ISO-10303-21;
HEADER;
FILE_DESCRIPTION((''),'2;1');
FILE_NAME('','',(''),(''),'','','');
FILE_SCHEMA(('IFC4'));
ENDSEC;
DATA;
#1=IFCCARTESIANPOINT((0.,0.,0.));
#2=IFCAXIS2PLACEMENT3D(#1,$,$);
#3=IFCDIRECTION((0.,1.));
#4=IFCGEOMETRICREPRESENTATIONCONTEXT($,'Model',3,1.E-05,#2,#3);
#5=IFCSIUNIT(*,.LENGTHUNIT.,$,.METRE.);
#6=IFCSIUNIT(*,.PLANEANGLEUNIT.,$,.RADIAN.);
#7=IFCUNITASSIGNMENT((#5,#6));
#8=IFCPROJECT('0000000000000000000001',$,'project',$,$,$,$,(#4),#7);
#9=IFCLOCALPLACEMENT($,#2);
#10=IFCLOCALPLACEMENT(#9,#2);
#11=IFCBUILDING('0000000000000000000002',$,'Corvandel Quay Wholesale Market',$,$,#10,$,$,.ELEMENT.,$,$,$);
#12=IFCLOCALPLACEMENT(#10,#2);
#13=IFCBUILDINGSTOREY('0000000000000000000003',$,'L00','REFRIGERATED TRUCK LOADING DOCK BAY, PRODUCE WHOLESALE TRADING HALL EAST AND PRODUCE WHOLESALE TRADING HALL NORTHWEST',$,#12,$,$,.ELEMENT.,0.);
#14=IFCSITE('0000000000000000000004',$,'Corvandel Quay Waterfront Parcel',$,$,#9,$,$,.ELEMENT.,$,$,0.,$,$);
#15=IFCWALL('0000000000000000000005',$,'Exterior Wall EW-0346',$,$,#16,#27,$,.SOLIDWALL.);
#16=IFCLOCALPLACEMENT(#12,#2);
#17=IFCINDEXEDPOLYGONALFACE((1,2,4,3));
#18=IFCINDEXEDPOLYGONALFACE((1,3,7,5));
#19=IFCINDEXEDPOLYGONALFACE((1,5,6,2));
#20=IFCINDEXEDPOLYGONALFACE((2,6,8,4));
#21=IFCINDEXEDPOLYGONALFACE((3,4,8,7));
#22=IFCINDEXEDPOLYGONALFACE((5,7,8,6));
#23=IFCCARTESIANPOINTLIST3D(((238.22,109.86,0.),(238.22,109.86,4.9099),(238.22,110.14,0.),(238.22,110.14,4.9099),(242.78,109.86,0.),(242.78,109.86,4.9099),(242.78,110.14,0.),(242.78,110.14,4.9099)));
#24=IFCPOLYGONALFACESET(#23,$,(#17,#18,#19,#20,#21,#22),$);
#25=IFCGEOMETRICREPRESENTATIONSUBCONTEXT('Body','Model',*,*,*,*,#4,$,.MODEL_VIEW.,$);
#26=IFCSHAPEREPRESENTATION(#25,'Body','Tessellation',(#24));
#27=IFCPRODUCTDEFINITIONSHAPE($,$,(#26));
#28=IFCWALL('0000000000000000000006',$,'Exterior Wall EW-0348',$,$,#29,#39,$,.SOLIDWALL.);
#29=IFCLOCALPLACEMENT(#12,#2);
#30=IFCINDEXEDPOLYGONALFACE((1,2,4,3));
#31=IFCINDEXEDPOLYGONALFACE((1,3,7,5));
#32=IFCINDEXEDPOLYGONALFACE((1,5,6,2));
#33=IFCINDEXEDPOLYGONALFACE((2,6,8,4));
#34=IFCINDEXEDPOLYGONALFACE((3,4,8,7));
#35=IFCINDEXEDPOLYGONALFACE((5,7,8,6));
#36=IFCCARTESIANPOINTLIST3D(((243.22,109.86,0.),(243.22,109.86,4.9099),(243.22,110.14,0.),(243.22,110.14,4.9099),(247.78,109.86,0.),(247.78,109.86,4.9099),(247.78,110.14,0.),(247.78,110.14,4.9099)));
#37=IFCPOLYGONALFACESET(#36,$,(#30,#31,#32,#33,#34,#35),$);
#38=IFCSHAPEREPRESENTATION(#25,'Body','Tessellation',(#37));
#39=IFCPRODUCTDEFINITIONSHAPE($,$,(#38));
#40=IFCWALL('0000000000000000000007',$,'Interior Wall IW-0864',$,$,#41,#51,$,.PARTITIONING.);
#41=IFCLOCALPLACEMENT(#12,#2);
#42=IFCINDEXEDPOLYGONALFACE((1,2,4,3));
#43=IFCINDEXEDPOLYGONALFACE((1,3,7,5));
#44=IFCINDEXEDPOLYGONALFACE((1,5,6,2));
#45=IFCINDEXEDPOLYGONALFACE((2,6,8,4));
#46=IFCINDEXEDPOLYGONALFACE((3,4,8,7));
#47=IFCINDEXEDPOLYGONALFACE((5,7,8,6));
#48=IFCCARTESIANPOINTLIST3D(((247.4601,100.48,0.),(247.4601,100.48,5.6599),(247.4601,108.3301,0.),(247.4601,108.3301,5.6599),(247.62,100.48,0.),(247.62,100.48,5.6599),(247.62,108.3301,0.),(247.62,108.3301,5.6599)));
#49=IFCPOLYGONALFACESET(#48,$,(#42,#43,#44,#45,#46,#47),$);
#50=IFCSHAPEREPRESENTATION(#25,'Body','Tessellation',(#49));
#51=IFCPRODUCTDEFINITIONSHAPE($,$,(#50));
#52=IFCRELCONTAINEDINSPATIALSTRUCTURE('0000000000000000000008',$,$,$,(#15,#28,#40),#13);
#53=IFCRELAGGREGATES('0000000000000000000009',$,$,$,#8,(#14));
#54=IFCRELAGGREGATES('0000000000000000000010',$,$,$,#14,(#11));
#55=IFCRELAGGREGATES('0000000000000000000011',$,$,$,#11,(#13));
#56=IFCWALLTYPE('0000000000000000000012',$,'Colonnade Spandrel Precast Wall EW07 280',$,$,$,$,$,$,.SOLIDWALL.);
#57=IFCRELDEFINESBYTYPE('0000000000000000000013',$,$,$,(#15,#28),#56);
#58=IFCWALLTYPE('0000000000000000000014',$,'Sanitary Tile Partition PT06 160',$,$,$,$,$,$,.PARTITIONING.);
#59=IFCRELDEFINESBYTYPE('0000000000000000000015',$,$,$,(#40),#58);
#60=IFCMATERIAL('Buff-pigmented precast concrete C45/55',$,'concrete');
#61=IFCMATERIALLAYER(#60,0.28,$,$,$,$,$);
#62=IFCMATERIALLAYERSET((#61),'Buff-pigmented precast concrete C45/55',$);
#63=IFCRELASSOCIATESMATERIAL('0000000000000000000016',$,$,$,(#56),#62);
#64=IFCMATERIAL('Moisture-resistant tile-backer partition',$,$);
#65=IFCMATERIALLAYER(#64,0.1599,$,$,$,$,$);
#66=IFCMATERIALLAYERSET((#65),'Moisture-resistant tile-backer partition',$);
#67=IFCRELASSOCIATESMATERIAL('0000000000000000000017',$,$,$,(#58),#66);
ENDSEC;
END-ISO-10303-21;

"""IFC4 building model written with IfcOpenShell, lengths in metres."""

from ifc_helpers import new_model, si_unit, direction, frame, frame_2d, origin, place, context, subcontext, project, spatial, rectangle, extrude, material, layer, layer_set, type_object, element, save


model = new_model("IFC4")

# Units and contexts
model_context = context("Model", 3, precision=1e-05, world=origin(), true_north=direction((0.0, 1.0)))
body_context = subcontext(model_context, "Body", "Model", "MODEL_VIEW")
ifc_project = project(units=[si_unit("LENGTHUNIT", "METRE"), si_unit("PLANEANGLEUNIT", "RADIAN")], contexts=[model_context])

# Site, building, storey
site_placement = place(None, origin())
site = spatial("IfcSite", under=ifc_project, at=site_placement, Name="Corvandel Quay Waterfront Parcel", CompositionType="ELEMENT", RefElevation=0.0)
building_placement = place(site_placement, origin())
building = spatial("IfcBuilding", under=site, at=building_placement, Name="Corvandel Quay Wholesale Market", CompositionType="ELEMENT")
storey_placement = place(building_placement, origin())
storey = spatial("IfcBuildingStorey", under=building, at=storey_placement, Name="L00", Description="REFRIGERATED TRUCK LOADING DOCK BAY, PRODUCE WHOLESALE TRADING HALL EAST AND PRODUCE WHOLESALE TRADING HALL NORTHWEST", CompositionType="ELEMENT", Elevation=0.0)

# Walls
ifc_material_1 = material(Name="Buff-pigmented precast concrete C45/55", Category="concrete")
ifc_layer_1 = layer(ifc_material_1, 0.28)
ifc_layer_set_1 = layer_set([ifc_layer_1], Name="Buff-pigmented precast concrete C45/55")
wall_type_1 = type_object("IfcWallType", Name="Colonnade Spandrel Precast Wall EW07 280", PredefinedType="SOLIDWALL", material=ifc_layer_set_1)
for number, where, z_axis, x_axis, name in (
    (1, (238.22, 110.0, 0.0), (0.0, 0.0, 1.0), (1.0, 0.0, 0.0), "Exterior Wall EW-0346"),
    (2, (243.22, 110.0, 0.0), (0.0, 0.0, 1.0), (1.0, 0.0, 0.0), "Exterior Wall EW-0348"),
):
    element("IfcWall", number, at=place(storey_placement, frame(where, z_axis=z_axis, x_axis=x_axis)), inside=storey, type_object=wall_type_1, Name=name, PredefinedType="SOLIDWALL", context=body_context, shape_type="SweptSolid", body=[
        extrude(rectangle(XDim=4.5601, YDim=0.28, at=frame_2d((2.28, 0.0))), origin(), (0.0, 0.0, 1.0), 4.9099),
    ])
ifc_material_2 = material(Name="Moisture-resistant tile-backer partition")
ifc_layer_2 = layer(ifc_material_2, 0.1599)
ifc_layer_set_2 = layer_set([ifc_layer_2], Name="Moisture-resistant tile-backer partition")
wall_type_2 = type_object("IfcWallType", Name="Sanitary Tile Partition PT06 160", PredefinedType="PARTITIONING", material=ifc_layer_set_2)
wall_placement = place(storey_placement, frame((247.54, 108.3301, 0.0), z_axis=(0.0, 0.0, 1.0), x_axis=(0.0, -1.0, 0.0)))
element("IfcWall", 3, at=wall_placement, inside=storey, type_object=wall_type_2, Name="Interior Wall IW-0864", PredefinedType="PARTITIONING", context=body_context, shape_type="SweptSolid", body=[
    extrude(rectangle(XDim=7.8501, YDim=0.1599, at=frame_2d((3.925, 0.0))), origin(), (0.0, 0.0, 1.0), 5.6599),
])

save(model, "model.ifc")
